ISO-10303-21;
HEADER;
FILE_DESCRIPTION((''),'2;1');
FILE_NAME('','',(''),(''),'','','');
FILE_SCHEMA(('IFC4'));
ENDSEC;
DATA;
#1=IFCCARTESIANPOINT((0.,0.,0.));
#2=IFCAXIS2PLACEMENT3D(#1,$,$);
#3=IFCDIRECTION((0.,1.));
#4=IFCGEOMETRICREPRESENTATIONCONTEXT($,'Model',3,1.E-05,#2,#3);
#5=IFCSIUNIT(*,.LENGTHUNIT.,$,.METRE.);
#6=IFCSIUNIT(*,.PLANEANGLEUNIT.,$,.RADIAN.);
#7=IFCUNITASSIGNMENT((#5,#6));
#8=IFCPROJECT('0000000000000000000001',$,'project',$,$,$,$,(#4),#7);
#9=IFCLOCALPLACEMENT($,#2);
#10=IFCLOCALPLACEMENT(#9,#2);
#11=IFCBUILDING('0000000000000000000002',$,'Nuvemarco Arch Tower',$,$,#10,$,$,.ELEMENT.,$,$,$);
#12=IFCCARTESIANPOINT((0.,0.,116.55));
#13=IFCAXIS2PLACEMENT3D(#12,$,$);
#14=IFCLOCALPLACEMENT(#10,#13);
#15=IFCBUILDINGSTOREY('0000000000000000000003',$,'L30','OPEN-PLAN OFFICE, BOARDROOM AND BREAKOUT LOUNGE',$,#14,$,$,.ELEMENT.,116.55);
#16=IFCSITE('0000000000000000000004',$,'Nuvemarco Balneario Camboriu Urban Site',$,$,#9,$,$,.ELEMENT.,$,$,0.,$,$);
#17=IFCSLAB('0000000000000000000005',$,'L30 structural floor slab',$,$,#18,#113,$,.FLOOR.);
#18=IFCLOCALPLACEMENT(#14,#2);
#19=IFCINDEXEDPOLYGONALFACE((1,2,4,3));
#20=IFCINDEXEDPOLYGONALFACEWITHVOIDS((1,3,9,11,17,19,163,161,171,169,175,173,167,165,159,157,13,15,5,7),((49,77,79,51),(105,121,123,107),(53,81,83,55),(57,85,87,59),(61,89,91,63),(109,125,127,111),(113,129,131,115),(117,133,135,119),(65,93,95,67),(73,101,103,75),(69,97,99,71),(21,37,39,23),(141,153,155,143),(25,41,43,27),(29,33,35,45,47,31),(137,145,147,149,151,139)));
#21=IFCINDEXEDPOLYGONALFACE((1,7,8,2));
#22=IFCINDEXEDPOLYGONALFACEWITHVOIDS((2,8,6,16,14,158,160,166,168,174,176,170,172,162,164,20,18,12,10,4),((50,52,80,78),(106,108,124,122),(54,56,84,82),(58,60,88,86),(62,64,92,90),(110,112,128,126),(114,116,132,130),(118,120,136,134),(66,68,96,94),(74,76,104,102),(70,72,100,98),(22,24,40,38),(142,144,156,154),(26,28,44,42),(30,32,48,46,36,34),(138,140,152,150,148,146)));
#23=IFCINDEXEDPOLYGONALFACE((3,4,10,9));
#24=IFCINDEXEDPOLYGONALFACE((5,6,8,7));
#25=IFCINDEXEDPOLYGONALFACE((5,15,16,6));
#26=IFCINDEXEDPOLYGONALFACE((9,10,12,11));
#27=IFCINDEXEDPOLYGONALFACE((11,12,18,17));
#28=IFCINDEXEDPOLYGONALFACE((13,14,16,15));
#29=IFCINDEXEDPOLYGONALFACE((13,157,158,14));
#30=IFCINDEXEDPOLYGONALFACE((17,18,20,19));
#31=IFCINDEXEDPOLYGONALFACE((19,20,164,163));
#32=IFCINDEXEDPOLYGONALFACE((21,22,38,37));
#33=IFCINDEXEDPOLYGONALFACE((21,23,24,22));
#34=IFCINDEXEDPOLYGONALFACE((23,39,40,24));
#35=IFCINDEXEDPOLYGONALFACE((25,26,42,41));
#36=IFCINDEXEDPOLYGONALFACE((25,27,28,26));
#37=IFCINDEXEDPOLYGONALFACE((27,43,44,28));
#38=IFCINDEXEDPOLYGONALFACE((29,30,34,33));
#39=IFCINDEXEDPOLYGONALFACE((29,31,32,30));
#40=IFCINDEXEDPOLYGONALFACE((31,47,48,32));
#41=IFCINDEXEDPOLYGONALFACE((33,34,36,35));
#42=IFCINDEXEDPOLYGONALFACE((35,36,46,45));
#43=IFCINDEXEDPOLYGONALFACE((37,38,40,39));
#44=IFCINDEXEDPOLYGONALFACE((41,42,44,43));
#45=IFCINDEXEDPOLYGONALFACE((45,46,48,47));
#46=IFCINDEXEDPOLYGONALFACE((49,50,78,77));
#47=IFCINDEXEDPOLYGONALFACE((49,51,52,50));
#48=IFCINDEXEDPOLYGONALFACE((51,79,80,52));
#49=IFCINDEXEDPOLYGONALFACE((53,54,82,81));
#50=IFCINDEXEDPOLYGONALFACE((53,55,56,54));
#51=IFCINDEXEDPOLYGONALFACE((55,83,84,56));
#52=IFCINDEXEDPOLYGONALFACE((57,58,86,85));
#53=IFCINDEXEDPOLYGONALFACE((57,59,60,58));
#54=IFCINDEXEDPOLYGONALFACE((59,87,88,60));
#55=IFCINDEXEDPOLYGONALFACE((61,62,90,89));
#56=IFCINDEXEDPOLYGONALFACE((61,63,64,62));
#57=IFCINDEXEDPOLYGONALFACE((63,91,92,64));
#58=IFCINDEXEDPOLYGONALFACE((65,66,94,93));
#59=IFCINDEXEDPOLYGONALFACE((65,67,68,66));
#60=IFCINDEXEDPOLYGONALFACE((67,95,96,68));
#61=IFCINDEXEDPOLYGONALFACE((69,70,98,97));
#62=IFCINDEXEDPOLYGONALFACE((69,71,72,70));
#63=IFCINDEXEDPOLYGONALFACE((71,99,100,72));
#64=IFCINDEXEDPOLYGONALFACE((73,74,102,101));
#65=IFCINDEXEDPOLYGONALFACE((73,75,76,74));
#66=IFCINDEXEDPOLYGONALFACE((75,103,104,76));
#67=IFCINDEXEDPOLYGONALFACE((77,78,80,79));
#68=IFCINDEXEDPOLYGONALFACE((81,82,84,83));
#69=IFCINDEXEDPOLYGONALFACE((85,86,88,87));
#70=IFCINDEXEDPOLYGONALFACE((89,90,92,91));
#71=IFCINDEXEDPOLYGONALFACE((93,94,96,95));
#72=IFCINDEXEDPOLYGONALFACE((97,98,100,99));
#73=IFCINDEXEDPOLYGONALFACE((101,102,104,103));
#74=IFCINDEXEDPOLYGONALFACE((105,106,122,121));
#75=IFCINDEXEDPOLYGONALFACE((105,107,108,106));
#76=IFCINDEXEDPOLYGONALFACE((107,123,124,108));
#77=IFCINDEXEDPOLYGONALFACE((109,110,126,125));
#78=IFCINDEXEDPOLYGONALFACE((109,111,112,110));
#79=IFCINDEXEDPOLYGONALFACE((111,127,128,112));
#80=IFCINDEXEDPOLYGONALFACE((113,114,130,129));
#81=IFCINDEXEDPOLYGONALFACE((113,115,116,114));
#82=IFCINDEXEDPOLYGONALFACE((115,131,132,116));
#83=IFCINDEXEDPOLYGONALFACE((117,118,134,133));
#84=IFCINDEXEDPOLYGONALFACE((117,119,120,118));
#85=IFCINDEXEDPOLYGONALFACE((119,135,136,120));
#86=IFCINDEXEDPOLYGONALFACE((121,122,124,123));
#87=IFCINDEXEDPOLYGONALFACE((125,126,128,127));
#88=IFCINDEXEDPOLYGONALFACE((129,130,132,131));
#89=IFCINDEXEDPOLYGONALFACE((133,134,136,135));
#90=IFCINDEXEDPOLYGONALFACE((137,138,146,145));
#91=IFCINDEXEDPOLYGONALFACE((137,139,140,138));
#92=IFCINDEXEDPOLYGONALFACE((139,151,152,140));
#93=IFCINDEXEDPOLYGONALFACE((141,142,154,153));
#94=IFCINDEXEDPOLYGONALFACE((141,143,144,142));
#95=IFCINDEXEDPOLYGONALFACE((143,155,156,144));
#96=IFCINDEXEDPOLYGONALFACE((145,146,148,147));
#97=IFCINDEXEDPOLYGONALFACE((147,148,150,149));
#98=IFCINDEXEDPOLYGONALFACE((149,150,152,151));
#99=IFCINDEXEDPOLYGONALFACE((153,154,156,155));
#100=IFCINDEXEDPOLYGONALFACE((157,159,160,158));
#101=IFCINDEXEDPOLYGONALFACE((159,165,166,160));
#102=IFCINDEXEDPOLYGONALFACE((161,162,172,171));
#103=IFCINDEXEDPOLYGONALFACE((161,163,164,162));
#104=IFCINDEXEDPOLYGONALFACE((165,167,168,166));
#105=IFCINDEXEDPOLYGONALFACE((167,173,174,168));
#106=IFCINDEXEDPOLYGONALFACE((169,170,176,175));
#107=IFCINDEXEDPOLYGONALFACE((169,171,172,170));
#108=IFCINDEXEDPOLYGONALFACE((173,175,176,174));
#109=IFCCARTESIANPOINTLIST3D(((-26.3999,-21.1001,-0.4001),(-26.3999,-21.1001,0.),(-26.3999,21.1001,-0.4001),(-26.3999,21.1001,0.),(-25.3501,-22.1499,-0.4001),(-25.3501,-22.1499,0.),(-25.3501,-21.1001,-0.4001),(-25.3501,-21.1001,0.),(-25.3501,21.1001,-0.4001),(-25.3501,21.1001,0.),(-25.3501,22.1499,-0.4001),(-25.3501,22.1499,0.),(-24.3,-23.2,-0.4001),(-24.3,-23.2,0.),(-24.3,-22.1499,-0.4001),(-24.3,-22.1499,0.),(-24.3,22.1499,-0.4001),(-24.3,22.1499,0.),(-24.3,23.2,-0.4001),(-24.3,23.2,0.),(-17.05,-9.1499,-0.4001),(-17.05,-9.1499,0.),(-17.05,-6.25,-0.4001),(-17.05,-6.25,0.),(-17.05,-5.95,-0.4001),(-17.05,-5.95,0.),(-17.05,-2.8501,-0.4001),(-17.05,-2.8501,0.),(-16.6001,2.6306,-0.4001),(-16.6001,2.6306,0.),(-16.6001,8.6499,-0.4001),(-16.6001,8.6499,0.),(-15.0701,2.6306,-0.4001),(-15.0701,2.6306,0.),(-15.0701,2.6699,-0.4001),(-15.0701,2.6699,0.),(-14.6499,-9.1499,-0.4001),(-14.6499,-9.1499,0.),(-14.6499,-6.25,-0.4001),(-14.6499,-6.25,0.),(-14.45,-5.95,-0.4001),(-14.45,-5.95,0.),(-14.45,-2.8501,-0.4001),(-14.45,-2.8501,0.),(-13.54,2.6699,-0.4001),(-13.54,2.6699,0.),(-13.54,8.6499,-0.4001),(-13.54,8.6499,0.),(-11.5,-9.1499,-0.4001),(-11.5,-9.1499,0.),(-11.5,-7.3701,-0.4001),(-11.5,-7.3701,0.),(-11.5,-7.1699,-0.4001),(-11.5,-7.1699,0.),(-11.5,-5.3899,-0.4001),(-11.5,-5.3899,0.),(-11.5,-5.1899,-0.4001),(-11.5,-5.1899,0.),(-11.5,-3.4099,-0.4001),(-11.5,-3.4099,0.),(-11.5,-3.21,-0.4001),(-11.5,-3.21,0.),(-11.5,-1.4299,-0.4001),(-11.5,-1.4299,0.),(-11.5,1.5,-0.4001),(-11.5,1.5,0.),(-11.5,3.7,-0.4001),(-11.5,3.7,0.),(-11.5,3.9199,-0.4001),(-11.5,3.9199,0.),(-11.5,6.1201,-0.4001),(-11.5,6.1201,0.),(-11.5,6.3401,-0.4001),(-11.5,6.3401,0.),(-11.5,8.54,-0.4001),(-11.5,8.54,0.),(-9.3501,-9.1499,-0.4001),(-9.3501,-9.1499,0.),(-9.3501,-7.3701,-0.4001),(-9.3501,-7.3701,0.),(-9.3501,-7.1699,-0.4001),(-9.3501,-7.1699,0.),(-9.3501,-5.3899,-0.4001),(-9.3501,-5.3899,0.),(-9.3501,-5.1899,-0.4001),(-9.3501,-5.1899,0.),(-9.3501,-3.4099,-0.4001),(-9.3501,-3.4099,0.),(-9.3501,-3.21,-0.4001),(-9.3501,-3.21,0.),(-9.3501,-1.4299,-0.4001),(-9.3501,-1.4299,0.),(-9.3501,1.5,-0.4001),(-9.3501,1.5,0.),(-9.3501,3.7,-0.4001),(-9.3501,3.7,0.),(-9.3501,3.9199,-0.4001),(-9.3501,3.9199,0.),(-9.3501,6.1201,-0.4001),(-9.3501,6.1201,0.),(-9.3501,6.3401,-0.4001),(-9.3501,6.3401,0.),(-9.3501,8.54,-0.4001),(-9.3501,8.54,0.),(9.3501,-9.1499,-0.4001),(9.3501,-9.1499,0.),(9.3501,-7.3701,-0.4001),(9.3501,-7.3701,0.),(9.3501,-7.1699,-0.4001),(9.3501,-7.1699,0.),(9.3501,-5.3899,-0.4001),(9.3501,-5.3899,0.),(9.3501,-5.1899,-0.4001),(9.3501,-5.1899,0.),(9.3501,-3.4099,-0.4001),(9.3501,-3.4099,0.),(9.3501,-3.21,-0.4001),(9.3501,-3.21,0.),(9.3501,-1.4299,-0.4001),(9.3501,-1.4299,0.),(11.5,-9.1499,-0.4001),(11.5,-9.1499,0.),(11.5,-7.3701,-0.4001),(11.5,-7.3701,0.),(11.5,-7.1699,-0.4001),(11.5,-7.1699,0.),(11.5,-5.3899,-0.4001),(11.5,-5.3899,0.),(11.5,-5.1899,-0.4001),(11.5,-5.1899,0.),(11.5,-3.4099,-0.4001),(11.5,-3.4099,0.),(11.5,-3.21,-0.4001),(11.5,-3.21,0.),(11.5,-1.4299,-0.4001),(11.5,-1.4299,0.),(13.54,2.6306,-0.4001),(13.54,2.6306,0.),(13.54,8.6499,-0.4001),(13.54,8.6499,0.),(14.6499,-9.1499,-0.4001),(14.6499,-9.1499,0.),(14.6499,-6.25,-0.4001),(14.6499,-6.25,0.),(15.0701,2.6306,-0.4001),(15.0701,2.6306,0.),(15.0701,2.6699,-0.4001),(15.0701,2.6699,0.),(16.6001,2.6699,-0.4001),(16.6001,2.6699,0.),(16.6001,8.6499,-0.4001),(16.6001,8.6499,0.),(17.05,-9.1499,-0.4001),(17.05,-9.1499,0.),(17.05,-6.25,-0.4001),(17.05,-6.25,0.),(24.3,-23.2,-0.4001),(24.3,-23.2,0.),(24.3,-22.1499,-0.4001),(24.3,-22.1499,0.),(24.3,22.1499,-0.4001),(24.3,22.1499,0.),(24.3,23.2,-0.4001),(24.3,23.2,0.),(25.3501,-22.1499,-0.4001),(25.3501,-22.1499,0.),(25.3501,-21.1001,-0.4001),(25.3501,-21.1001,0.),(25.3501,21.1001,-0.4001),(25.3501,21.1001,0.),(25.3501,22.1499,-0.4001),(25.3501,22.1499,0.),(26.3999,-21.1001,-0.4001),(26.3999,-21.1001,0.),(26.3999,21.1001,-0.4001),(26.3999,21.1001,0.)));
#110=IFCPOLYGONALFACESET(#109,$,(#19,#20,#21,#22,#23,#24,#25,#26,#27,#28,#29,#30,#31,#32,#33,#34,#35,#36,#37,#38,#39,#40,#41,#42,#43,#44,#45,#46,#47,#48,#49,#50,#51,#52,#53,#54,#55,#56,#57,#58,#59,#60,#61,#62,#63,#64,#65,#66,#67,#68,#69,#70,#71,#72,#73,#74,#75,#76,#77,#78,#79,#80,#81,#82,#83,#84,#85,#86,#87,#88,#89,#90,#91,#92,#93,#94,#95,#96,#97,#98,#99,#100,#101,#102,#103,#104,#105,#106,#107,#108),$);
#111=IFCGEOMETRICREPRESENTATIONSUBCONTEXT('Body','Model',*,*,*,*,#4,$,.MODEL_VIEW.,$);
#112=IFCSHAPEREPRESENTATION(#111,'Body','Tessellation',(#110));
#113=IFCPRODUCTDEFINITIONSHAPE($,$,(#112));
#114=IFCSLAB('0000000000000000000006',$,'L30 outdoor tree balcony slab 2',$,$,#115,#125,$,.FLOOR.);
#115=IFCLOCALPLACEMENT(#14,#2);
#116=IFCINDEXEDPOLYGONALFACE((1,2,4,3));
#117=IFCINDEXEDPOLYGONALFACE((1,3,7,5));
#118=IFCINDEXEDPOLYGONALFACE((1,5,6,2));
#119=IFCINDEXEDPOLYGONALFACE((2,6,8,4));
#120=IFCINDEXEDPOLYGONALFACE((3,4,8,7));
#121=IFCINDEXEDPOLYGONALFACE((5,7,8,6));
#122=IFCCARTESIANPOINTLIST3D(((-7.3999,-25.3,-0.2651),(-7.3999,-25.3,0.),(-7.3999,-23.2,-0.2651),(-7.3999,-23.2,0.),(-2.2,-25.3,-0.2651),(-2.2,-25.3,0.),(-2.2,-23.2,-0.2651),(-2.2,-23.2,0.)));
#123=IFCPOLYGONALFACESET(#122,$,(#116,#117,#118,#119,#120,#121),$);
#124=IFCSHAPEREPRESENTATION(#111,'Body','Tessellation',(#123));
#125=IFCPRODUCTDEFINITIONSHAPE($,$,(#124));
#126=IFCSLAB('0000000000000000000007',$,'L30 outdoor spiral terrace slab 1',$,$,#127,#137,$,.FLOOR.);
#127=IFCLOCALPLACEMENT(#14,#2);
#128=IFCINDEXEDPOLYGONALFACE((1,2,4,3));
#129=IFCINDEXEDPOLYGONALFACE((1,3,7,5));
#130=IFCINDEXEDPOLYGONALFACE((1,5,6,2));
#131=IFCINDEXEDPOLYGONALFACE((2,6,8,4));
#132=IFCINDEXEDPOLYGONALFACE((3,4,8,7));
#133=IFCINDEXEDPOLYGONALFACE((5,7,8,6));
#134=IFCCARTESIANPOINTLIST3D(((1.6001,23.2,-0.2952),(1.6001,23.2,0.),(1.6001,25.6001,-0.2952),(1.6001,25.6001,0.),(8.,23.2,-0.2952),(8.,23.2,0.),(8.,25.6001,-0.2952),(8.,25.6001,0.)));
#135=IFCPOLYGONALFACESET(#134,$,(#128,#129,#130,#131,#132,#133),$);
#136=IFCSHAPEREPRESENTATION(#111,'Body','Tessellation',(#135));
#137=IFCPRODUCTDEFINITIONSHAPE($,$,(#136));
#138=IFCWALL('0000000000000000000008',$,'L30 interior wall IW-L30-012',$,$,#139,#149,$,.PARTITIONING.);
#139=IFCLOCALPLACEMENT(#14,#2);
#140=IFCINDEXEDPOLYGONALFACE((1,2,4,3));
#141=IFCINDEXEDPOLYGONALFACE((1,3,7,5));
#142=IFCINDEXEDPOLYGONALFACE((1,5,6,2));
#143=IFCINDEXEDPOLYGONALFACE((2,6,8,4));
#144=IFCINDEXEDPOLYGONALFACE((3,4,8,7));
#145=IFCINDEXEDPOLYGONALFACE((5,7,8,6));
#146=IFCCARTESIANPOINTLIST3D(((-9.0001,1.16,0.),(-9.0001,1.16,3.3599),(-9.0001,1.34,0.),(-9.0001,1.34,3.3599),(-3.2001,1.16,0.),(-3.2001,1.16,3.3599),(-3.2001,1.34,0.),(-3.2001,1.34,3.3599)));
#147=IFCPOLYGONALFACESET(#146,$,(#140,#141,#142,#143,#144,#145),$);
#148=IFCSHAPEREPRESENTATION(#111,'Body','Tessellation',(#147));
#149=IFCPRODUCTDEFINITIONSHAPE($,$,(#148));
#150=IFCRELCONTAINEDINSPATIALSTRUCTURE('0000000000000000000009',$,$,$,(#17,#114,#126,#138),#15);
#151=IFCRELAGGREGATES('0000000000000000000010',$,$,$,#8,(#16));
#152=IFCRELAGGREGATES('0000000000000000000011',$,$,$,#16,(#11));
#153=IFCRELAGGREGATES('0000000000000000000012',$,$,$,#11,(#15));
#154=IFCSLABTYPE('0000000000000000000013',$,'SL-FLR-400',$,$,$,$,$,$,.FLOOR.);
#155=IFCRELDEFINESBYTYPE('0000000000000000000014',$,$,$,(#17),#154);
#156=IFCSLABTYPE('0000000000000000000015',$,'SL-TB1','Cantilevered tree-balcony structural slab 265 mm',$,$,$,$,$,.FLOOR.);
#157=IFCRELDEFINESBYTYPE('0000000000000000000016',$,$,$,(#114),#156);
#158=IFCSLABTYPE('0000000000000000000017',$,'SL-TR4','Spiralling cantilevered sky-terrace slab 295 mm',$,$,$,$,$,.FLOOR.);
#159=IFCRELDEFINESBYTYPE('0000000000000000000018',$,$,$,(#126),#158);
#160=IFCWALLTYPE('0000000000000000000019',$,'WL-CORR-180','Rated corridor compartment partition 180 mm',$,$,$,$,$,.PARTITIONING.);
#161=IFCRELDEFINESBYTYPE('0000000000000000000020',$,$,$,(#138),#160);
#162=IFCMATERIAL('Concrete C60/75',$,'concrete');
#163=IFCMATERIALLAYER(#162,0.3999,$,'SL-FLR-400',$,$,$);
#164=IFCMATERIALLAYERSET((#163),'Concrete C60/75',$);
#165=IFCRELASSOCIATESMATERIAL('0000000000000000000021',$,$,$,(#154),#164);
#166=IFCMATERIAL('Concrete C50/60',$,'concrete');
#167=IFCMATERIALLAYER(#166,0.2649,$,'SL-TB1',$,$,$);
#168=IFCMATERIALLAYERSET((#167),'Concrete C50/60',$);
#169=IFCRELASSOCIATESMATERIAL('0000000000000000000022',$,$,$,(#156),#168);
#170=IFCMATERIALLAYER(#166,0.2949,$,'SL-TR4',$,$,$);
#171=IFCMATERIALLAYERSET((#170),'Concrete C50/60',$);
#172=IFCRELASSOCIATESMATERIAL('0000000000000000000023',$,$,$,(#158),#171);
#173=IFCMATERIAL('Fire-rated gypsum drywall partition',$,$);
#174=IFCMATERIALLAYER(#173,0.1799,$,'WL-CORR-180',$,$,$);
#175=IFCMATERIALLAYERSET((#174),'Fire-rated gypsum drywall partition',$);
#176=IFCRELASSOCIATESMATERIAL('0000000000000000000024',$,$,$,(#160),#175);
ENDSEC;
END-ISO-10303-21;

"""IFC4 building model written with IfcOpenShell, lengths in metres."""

from ifc_helpers import new_model, si_unit, direction, frame, frame_2d, origin, place, context, subcontext, project, spatial, polyline, rectangle, outline, extrude, material, layer, layer_set, type_object, element, save


model = new_model("IFC4")

# Units and contexts
model_context = context("Model", 3, precision=1e-05, world=origin(), true_north=direction((0.0, 1.0)))
body_context = subcontext(model_context, "Body", "Model", "MODEL_VIEW")
ifc_project = project(units=[si_unit("LENGTHUNIT", "METRE"), si_unit("PLANEANGLEUNIT", "RADIAN")], contexts=[model_context])

# Site, building, storey
site_placement = place(None, origin())
site = spatial("IfcSite", under=ifc_project, at=site_placement, Name="Nuvemarco Balneario Camboriu Urban Site", CompositionType="ELEMENT", RefElevation=0.0)
building_placement = place(site_placement, origin())
building = spatial("IfcBuilding", under=site, at=building_placement, Name="Nuvemarco Arch Tower", CompositionType="ELEMENT")
storey_placement = place(building_placement, frame((0.0, 0.0, 116.55)))
storey = spatial("IfcBuildingStorey", under=building, at=storey_placement, Name="L30", Description="OPEN-PLAN OFFICE, BOARDROOM AND BREAKOUT LOUNGE", CompositionType="ELEMENT", Elevation=116.55)

# Shared definitions
ifc_material_1 = material(Name="Concrete C60/75", Category="concrete")

# Slabs
ifc_layer_1 = layer(ifc_material_1, 0.3999, Name="SL-FLR-400")
ifc_layer_set_1 = layer_set([ifc_layer_1], Name="Concrete C60/75")
slab_type_1 = type_object("IfcSlabType", Name="SL-FLR-400", PredefinedType="FLOOR", material=ifc_layer_set_1)
slab_1_placement = place(storey_placement, frame((0.0, 0.0, -0.4001)))
element("IfcSlab", 1, at=slab_1_placement, inside=storey, type_object=slab_type_1, Name="L30 structural floor slab", PredefinedType="FLOOR", context=body_context, shape_type="SweptSolid", body=[
    extrude(outline(polyline([(-24.3, -23.2), (24.3, -23.2), (24.3, -22.1499), (25.3501, -22.1499), (25.3501, -21.1001), (26.3999, -21.1001), (26.3999, 21.1001), (25.3501, 21.1001), (25.3501, 22.1499), (24.3, 22.1499), (24.3, 23.2), (-24.3, 23.2), (-24.3, 22.1499), (-25.3501, 22.1499), (-25.3501, 21.1001), (-26.3999, 21.1001), (-26.3999, -21.1001), (-25.3501, -21.1001), (-25.3501, -22.1499), (-24.3, -22.1499), (-24.3, -23.2)]), holes=[polyline([(-13.54, 2.6699), (-13.54, 8.6499), (-16.6001, 8.6499), (-16.6001, 2.6306), (-15.0701, 2.6306), (-15.0701, 2.6699), (-13.54, 2.6699)]), polyline([(16.6001, 2.6699), (16.6001, 8.6499), (13.54, 8.6499), (13.54, 2.6306), (15.0701, 2.6306), (15.0701, 2.6699), (16.6001, 2.6699)]), polyline([(-17.05, -9.1499), (-14.6499, -9.1499), (-14.6499, -6.25), (-17.05, -6.25), (-17.05, -9.1499)]), polyline([(-17.05, -5.95), (-14.45, -5.95), (-14.45, -2.8501), (-17.05, -2.8501), (-17.05, -5.95)]), polyline([(-11.5, -9.1499), (-9.3501, -9.1499), (-9.3501, -7.3701), (-11.5, -7.3701), (-11.5, -9.1499)]), polyline([(-11.5, -7.1699), (-9.3501, -7.1699), (-9.3501, -5.3899), (-11.5, -5.3899), (-11.5, -7.1699)]), polyline([(-11.5, -5.1899), (-9.3501, -5.1899), (-9.3501, -3.4099), (-11.5, -3.4099), (-11.5, -5.1899)]), polyline([(-11.5, -3.21), (-9.3501, -3.21), (-9.3501, -1.4299), (-11.5, -1.4299), (-11.5, -3.21)]), polyline([(-11.5, 1.5), (-9.3501, 1.5), (-9.3501, 3.7), (-11.5, 3.7), (-11.5, 1.5)]), polyline([(-11.5, 3.9199), (-9.3501, 3.9199), (-9.3501, 6.1201), (-11.5, 6.1201), (-11.5, 3.9199)]), polyline([(-11.5, 6.3401), (-9.3501, 6.3401), (-9.3501, 8.54), (-11.5, 8.54), (-11.5, 6.3401)]), polyline([(14.6499, -9.1499), (17.05, -9.1499), (17.05, -6.25), (14.6499, -6.25), (14.6499, -9.1499)]), polyline([(9.3501, -9.1499), (11.5, -9.1499), (11.5, -7.3701), (9.3501, -7.3701), (9.3501, -9.1499)]), polyline([(9.3501, -7.1699), (11.5, -7.1699), (11.5, -5.3899), (9.3501, -5.3899), (9.3501, -7.1699)]), polyline([(9.3501, -5.1899), (11.5, -5.1899), (11.5, -3.4099), (9.3501, -3.4099), (9.3501, -5.1899)]), polyline([(9.3501, -3.21), (11.5, -3.21), (11.5, -1.4299), (9.3501, -1.4299), (9.3501, -3.21)])]), origin(), (0.0, 0.0, 1.0), 0.4001),
])
ifc_material_2 = material(Name="Concrete C50/60", Category="concrete")
ifc_layer_2 = layer(ifc_material_2, 0.2649, Name="SL-TB1")
ifc_layer_set_2 = layer_set([ifc_layer_2], Name="Concrete C50/60")
slab_type_2 = type_object("IfcSlabType", Name="SL-TB1", Description="Cantilevered tree-balcony structural slab 265 mm", PredefinedType="FLOOR", material=ifc_layer_set_2)
slab_2_placement = place(storey_placement, frame((0.0, 0.0, -0.2651)))
element("IfcSlab", 2, at=slab_2_placement, inside=storey, type_object=slab_type_2, Name="L30 outdoor tree balcony slab 2", PredefinedType="FLOOR", context=body_context, shape_type="SweptSolid", body=[
    extrude(outline(polyline([(-7.3999, -25.3), (-2.2, -25.3), (-2.2, -23.2), (-7.3999, -23.2), (-7.3999, -25.3)])), origin(), (0.0, 0.0, 1.0), 0.2651),
])
ifc_layer_3 = layer(ifc_material_2, 0.2949, Name="SL-TR4")
ifc_layer_set_3 = layer_set([ifc_layer_3], Name="Concrete C50/60")
slab_type_3 = type_object("IfcSlabType", Name="SL-TR4", Description="Spiralling cantilevered sky-terrace slab 295 mm", PredefinedType="FLOOR", material=ifc_layer_set_3)
slab_3_placement = place(storey_placement, frame((0.0, 0.0, -0.2952)))
element("IfcSlab", 3, at=slab_3_placement, inside=storey, type_object=slab_type_3, Name="L30 outdoor spiral terrace slab 1", PredefinedType="FLOOR", context=body_context, shape_type="SweptSolid", body=[
    extrude(outline(polyline([(1.6001, 23.2), (8.0, 23.2), (8.0, 25.6001), (1.6001, 25.6001), (1.6001, 23.2)])), origin(), (0.0, 0.0, 1.0), 0.2952),
])

# Wall
ifc_material_3 = material(Name="Fire-rated gypsum drywall partition")
ifc_layer_4 = layer(ifc_material_3, 0.1799, Name="WL-CORR-180")
ifc_layer_set_4 = layer_set([ifc_layer_4], Name="Fire-rated gypsum drywall partition")
wall_type_1 = type_object("IfcWallType", Name="WL-CORR-180", Description="Rated corridor compartment partition 180 mm", PredefinedType="PARTITIONING", material=ifc_layer_set_4)
wall_1_placement = place(storey_placement, frame((-9.0, 1.25, 0.0), z_axis=(0.0, 0.0, 1.0), x_axis=(1.0, 0.0, 0.0)))
element("IfcWall", 4, at=wall_1_placement, inside=storey, type_object=wall_type_1, Name="L30 interior wall IW-L30-012", PredefinedType="PARTITIONING", context=body_context, shape_type="SweptSolid", body=[
    extrude(rectangle(XDim=5.8, YDim=0.1799, at=frame_2d((2.8999, 0.0))), origin(), (0.0, 0.0, 1.0), 3.3599),
])

save(model, "model.ifc")
